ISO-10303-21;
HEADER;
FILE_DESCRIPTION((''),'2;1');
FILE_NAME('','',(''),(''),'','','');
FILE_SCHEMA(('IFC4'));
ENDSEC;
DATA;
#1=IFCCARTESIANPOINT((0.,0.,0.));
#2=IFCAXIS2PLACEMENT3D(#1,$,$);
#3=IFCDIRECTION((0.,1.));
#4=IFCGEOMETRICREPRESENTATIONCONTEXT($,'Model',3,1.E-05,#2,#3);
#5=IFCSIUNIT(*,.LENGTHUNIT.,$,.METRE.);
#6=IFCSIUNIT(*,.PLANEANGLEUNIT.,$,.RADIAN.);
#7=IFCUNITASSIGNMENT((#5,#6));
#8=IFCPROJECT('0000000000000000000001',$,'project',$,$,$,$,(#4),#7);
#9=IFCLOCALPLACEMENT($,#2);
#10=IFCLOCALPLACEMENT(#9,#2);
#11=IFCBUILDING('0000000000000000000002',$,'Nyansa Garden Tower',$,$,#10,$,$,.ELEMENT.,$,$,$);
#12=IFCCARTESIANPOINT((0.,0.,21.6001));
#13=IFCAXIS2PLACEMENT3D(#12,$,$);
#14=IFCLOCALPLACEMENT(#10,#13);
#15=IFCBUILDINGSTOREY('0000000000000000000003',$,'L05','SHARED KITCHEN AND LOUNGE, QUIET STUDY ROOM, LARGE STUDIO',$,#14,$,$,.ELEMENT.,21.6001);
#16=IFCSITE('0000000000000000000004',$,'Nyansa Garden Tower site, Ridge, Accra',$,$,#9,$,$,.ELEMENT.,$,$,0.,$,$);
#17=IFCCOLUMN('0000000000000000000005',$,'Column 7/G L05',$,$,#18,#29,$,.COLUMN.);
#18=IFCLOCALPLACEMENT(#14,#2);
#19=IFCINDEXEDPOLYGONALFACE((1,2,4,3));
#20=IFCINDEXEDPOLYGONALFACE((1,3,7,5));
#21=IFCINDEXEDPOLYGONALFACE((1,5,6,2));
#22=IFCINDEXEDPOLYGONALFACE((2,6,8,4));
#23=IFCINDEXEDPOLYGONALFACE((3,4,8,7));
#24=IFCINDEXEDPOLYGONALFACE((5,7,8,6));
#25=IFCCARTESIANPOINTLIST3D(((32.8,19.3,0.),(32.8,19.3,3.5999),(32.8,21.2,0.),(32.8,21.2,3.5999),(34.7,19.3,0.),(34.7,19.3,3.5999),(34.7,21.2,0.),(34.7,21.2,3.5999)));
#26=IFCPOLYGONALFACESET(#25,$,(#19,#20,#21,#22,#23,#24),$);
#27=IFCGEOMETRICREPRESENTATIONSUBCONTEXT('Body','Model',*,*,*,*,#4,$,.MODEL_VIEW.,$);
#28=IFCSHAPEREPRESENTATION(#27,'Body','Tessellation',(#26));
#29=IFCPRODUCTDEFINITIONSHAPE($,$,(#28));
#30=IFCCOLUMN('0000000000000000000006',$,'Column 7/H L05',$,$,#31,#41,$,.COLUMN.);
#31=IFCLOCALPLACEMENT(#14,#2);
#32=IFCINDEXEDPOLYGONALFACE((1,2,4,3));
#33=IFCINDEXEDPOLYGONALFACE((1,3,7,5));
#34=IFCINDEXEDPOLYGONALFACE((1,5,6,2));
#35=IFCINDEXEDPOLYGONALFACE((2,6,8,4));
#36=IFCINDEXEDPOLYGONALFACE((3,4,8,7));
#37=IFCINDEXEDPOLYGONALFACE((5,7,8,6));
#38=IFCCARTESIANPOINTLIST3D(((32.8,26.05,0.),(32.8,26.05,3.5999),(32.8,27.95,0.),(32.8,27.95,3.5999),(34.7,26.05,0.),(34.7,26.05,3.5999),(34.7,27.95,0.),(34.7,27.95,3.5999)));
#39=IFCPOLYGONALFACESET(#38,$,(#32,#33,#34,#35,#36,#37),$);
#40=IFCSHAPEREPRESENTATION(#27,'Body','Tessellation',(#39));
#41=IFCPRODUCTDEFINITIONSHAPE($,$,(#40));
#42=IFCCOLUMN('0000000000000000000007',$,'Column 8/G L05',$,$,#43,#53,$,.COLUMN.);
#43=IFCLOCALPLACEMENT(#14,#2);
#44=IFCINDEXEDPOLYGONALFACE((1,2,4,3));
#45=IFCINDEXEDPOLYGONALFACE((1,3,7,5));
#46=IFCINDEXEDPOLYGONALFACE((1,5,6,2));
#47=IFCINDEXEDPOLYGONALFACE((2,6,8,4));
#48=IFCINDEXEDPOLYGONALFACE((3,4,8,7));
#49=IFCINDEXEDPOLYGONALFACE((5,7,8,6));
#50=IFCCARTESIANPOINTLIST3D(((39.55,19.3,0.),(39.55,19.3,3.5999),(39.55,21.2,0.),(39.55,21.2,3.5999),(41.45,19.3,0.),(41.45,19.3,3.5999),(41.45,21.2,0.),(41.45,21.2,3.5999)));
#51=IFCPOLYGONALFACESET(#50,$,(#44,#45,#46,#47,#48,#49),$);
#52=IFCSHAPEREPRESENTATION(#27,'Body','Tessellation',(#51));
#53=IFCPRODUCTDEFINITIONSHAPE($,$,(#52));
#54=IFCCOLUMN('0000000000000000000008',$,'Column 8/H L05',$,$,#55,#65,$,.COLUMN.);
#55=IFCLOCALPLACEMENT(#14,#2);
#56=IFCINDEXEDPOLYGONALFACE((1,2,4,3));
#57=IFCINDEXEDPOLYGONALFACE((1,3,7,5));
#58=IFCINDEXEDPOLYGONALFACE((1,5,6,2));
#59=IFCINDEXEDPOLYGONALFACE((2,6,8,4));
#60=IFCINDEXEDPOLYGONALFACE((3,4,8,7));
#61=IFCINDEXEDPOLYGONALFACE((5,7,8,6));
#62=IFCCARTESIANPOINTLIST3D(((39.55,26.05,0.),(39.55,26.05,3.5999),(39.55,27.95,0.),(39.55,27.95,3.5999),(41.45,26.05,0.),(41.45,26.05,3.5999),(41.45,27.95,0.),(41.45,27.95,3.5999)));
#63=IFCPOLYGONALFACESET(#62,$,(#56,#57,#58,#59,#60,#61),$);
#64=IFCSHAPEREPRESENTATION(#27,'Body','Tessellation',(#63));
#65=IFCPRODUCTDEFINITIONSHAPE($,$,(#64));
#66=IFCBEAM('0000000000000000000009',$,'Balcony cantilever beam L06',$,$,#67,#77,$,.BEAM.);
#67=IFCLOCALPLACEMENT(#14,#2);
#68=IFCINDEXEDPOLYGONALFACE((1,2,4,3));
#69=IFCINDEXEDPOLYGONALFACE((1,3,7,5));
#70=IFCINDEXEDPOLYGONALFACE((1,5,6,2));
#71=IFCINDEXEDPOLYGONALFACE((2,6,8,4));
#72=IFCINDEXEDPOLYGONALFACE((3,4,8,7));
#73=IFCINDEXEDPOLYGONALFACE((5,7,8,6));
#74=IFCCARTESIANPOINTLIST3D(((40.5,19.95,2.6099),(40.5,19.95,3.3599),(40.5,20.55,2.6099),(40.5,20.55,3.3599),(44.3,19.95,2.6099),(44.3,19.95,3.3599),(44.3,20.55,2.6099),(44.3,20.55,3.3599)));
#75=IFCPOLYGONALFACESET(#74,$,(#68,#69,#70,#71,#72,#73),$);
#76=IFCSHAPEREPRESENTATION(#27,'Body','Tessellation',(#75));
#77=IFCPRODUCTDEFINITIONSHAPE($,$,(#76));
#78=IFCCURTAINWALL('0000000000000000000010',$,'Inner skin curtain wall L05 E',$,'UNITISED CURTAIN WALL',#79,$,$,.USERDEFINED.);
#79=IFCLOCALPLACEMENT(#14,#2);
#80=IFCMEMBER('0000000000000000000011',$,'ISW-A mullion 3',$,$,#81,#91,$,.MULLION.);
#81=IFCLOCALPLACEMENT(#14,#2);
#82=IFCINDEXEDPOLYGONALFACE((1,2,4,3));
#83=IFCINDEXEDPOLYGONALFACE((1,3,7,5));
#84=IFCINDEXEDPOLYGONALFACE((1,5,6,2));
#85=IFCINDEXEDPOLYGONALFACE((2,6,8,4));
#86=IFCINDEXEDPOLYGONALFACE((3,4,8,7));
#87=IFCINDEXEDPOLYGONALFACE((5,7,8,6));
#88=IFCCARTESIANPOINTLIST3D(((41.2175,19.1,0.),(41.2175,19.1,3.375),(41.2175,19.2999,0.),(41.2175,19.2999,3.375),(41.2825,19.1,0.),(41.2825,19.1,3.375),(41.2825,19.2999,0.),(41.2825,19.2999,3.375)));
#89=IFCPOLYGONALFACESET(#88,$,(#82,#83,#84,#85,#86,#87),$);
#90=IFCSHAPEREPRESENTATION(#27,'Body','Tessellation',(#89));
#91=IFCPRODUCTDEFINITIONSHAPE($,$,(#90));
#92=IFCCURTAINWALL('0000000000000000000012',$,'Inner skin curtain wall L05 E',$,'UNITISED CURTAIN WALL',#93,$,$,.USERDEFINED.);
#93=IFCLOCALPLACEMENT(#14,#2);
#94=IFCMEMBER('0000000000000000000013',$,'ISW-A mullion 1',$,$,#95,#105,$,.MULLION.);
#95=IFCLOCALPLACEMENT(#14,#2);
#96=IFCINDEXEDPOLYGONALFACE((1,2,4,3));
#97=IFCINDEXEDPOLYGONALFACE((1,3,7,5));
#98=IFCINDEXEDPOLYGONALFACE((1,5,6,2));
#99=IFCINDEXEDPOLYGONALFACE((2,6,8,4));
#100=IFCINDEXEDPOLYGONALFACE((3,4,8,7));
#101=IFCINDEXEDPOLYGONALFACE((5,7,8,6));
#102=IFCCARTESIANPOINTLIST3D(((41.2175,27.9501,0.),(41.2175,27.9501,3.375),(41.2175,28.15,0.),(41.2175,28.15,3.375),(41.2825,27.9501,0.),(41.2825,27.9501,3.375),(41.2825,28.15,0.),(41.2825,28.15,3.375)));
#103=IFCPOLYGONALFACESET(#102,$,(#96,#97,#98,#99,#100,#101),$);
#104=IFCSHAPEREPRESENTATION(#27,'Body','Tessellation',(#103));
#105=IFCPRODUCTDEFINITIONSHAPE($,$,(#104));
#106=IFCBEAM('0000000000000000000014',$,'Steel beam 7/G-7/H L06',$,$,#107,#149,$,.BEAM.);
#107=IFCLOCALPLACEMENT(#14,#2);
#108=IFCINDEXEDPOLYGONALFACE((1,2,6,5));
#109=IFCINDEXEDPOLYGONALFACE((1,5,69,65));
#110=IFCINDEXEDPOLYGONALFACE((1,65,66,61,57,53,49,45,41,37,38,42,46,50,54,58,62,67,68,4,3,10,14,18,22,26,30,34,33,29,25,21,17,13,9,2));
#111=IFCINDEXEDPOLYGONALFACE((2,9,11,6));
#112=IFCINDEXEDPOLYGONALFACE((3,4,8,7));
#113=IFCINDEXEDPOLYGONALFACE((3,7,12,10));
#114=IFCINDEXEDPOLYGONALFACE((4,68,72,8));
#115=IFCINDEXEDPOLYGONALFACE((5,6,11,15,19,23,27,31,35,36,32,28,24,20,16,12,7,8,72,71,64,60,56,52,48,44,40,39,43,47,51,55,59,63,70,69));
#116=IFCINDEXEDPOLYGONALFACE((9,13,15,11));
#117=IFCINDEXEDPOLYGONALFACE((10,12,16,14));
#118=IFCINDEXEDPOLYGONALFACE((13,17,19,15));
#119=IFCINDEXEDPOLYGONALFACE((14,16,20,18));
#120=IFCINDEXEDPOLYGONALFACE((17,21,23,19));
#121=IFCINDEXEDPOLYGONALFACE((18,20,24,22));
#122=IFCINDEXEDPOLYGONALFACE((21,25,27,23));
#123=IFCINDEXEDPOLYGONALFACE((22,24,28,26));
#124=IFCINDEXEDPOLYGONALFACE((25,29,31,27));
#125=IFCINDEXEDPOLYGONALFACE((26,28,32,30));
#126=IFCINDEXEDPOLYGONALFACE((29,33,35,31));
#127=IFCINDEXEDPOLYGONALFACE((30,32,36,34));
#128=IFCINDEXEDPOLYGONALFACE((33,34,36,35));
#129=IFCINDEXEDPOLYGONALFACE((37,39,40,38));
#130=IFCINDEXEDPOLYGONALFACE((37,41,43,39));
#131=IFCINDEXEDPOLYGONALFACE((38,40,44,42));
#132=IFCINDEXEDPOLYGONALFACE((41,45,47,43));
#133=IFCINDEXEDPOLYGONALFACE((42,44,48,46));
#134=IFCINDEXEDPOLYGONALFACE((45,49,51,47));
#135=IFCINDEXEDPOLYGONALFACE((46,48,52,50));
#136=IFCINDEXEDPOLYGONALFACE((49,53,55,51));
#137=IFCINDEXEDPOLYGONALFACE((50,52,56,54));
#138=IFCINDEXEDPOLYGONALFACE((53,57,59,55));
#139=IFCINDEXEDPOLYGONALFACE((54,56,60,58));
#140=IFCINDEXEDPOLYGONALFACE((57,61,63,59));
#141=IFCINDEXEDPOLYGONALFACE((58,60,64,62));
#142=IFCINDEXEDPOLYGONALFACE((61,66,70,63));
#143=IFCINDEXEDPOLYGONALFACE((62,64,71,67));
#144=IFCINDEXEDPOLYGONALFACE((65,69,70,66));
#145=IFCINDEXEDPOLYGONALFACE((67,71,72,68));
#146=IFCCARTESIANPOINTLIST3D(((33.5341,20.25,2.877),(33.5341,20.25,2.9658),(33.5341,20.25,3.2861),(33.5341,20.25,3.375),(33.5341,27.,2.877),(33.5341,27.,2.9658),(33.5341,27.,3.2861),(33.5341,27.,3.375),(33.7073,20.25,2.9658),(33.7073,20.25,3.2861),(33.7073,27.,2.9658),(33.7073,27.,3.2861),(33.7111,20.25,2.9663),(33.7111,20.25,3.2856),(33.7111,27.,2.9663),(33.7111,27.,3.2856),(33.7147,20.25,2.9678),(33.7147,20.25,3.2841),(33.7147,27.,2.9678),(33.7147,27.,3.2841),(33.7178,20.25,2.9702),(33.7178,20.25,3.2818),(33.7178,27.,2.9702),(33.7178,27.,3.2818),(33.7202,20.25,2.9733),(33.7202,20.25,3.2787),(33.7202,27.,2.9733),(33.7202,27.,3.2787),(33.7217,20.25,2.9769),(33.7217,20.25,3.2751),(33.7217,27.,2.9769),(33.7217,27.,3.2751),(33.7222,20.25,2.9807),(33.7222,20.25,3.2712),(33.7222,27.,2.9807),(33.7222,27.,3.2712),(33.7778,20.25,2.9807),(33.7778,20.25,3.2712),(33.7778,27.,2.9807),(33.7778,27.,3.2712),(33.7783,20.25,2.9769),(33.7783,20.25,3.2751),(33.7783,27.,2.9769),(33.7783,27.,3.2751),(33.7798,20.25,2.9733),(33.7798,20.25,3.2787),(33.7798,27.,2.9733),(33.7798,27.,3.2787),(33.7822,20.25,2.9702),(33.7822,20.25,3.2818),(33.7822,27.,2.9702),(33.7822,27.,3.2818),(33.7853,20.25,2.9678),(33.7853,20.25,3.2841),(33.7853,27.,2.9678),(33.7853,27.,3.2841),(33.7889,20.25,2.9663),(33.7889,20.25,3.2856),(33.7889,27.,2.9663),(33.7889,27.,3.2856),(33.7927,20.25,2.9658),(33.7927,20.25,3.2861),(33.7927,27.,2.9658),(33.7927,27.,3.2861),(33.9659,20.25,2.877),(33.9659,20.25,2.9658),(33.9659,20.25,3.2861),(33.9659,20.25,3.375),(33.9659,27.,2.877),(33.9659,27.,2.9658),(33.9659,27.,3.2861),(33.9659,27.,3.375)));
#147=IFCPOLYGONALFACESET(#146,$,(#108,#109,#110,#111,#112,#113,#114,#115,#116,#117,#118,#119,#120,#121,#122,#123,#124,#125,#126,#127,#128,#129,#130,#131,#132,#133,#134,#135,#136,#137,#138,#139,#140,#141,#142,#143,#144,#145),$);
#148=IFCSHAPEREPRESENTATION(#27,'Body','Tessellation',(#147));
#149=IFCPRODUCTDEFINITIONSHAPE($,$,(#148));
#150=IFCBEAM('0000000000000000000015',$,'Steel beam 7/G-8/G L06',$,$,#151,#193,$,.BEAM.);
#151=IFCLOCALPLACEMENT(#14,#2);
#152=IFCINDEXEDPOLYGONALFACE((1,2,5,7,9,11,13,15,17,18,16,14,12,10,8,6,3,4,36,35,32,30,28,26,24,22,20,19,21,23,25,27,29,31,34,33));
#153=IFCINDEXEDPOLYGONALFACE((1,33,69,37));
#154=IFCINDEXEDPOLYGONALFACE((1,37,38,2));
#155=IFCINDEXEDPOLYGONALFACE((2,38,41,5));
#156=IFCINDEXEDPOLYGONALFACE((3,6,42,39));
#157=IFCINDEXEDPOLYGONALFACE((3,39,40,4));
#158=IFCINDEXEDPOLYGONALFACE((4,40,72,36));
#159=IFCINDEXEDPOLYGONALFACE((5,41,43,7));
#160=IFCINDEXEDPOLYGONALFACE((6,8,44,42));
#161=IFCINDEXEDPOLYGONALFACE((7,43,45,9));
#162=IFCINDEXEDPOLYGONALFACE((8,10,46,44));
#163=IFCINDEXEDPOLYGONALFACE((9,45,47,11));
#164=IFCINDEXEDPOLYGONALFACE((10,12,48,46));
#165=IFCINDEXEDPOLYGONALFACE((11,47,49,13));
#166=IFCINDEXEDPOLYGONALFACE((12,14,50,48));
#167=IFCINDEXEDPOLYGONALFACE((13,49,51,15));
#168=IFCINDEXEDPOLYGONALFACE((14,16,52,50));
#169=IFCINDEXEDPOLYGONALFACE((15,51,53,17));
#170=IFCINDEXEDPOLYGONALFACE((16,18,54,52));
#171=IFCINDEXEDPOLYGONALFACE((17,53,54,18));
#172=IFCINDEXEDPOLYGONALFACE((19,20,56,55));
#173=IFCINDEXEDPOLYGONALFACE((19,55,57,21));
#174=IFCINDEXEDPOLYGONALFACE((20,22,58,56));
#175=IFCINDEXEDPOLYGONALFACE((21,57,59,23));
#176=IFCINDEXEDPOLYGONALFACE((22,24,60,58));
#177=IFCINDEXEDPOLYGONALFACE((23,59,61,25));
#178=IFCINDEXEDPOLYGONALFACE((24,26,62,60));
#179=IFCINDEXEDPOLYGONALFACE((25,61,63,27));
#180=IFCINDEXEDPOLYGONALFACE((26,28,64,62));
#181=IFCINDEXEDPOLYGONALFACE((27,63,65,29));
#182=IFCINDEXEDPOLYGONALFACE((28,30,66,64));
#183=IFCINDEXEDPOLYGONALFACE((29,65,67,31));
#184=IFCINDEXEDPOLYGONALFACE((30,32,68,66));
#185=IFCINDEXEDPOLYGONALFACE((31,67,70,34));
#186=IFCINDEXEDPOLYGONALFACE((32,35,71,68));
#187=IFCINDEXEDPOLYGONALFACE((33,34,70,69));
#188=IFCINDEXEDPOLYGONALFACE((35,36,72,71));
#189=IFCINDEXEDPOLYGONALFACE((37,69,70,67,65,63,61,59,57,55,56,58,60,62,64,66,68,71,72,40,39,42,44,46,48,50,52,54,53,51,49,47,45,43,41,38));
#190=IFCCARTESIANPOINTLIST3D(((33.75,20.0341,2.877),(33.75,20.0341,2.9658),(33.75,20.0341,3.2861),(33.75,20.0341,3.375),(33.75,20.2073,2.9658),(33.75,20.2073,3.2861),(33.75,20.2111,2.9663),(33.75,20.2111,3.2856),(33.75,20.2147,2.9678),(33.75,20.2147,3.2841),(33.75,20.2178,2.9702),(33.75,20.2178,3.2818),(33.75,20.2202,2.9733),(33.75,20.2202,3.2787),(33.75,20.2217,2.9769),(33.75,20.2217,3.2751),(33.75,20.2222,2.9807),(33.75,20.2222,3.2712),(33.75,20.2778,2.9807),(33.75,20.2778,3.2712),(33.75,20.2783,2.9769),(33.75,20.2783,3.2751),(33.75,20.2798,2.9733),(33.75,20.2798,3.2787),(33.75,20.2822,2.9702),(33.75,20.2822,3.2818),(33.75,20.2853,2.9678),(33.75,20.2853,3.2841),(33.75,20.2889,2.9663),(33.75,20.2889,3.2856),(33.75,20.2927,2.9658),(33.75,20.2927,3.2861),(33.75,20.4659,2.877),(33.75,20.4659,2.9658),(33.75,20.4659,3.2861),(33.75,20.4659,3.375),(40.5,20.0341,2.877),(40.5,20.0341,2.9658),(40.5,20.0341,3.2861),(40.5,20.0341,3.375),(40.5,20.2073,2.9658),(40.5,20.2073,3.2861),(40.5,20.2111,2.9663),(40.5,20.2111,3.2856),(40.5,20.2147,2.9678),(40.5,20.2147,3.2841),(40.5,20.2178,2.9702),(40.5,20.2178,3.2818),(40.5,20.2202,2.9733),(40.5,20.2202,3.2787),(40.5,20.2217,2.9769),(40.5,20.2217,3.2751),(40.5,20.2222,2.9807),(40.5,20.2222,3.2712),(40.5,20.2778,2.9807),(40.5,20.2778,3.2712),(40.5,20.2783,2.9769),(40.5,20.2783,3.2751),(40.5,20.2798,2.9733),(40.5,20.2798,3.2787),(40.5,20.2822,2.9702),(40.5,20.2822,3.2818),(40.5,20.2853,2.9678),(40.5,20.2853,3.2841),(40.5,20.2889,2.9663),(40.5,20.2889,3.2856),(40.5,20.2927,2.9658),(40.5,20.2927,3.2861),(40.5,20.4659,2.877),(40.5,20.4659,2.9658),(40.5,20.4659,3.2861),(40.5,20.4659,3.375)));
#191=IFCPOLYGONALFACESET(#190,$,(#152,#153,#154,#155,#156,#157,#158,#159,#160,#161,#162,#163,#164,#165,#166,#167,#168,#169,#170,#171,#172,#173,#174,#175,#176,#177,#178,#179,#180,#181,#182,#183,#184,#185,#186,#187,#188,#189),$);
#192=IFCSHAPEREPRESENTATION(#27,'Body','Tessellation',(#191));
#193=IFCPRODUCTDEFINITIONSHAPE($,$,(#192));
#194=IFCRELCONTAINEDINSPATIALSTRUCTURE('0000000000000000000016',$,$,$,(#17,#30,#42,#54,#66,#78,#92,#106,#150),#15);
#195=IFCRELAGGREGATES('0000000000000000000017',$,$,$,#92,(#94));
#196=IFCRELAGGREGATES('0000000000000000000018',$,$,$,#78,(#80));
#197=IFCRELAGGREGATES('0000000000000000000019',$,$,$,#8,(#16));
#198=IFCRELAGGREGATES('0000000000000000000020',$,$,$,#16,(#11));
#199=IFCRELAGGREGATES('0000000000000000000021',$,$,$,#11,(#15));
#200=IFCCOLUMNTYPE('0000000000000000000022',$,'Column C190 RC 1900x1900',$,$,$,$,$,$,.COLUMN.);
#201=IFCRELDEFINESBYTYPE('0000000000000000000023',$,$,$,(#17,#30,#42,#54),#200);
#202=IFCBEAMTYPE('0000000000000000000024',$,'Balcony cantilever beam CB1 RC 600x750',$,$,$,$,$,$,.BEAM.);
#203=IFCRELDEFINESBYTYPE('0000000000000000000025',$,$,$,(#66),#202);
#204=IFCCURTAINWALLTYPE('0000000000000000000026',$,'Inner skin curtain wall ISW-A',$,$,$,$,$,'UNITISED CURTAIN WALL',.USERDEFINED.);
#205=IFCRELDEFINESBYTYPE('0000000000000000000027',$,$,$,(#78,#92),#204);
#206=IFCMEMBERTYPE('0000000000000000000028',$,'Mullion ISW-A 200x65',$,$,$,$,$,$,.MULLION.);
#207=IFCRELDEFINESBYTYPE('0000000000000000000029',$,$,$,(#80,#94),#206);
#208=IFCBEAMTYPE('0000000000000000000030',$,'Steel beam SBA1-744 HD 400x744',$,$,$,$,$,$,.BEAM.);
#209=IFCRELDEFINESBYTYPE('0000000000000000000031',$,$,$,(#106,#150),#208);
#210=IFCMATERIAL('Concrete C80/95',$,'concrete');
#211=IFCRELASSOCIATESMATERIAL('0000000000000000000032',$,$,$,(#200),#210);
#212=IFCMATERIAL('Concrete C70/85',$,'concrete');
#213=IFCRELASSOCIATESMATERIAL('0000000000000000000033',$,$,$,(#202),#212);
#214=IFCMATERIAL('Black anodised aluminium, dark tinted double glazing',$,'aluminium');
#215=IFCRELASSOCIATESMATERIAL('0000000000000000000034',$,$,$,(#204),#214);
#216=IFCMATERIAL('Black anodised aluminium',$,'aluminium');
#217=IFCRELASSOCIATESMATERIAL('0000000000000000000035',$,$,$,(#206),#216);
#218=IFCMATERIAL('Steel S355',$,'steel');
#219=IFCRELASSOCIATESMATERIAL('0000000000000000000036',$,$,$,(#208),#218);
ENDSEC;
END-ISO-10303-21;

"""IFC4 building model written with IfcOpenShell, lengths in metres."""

from ifc_helpers import new_model, si_unit, direction, frame, origin, origin_2d, place, context, subcontext, project, spatial, rectangle, i_section, extrude, material, material_profile, profile_set, type_object, element, aggregate, save


model = new_model("IFC4")

# Units and contexts
model_context = context("Model", 3, precision=1e-05, world=origin(), true_north=direction((0.0, 1.0)))
body_context = subcontext(model_context, "Body", "Model", "MODEL_VIEW")
ifc_project = project(units=[si_unit("LENGTHUNIT", "METRE"), si_unit("PLANEANGLEUNIT", "RADIAN")], contexts=[model_context])

# Site, building, storey
site_placement = place(None, origin())
site = spatial("IfcSite", under=ifc_project, at=site_placement, Name="Nyansa Garden Tower site, Ridge, Accra", CompositionType="ELEMENT", RefElevation=0.0)
building_placement = place(site_placement, origin())
building = spatial("IfcBuilding", under=site, at=building_placement, Name="Nyansa Garden Tower", CompositionType="ELEMENT")
storey_placement = place(building_placement, frame((0.0, 0.0, 21.6001)))
storey = spatial("IfcBuildingStorey", under=building, at=storey_placement, Name="L05", Description="SHARED KITCHEN AND LOUNGE, QUIET STUDY ROOM, LARGE STUDIO", CompositionType="ELEMENT", Elevation=21.6001)

# Columns
ifc_material_1 = material(Name="Concrete C80/95", Category="concrete")
ifc_material_profile_1 = material_profile(ifc_material_1, rectangle(XDim=1.8999, YDim=1.8999, at=origin_2d()), Name="RC 1900x1900")
ifc_profile_set_1 = profile_set([ifc_material_profile_1], Name="Concrete C80/95")
column_type = type_object("IfcColumnType", Name="Column C190 RC 1900x1900", PredefinedType="COLUMN", material=ifc_profile_set_1)
for number, where, z_axis, x_axis, name in (
    (1, (33.75, 20.25, 0.0), (0.0, 0.0, 1.0), (1.0, 0.0, 0.0), "Column 7/G L05"),
    (2, (33.75, 27.0, 0.0), (0.0, 0.0, 1.0), (1.0, 0.0, 0.0), "Column 7/H L05"),
    (3, (40.5, 20.25, 0.0), (0.0, 0.0, 1.0), (1.0, 0.0, 0.0), "Column 8/G L05"),
    (4, (40.5, 27.0, 0.0), (0.0, 0.0, 1.0), (1.0, 0.0, 0.0), "Column 8/H L05"),
):
    element("IfcColumn", number, at=place(storey_placement, frame(where, z_axis=z_axis, x_axis=x_axis)), inside=storey, type_object=column_type, Name=name, PredefinedType="COLUMN", context=body_context, shape_type="SweptSolid", body=[
        extrude(rectangle(XDim=1.8999, YDim=1.8999, at=origin_2d()), origin(), (0.0, 0.0, 1.0), 3.5999),
    ])

# Beam
ifc_material_2 = material(Name="Concrete C70/85", Category="concrete")
ifc_material_profile_2 = material_profile(ifc_material_2, rectangle(XDim=0.6001, YDim=0.75, at=origin_2d()), Name="RC 600x750")
ifc_profile_set_2 = profile_set([ifc_material_profile_2], Name="Concrete C70/85")
beam_type_1 = type_object("IfcBeamType", Name="Balcony cantilever beam CB1 RC 600x750", PredefinedType="BEAM", material=ifc_profile_set_2)
beam_placement = place(storey_placement, frame((40.5, 20.25, 2.9849), z_axis=(1.0, 0.0, 0.0), x_axis=(0.0, 1.0, 0.0)))
element("IfcBeam", 5, at=beam_placement, inside=storey, type_object=beam_type_1, Name="Balcony cantilever beam L06", PredefinedType="BEAM", context=body_context, shape_type="SweptSolid", body=[
    extrude(rectangle(XDim=0.6001, YDim=0.75, at=origin_2d()), origin(), (0.0, 0.0, 1.0), 3.8),
])

# Curtain walls, members
ifc_material_3 = material(Name="Black anodised aluminium, dark tinted double glazing", Category="aluminium")
curtain_wall_type = type_object("IfcCurtainWallType", Name="Inner skin curtain wall ISW-A", ElementType="UNITISED CURTAIN WALL", PredefinedType="USERDEFINED", material=ifc_material_3)
curtain_wall_1_placement = place(storey_placement, origin())
curtain_wall_1 = element("IfcCurtainWall", 6, at=curtain_wall_1_placement, inside=storey, type_object=curtain_wall_type, Name="Inner skin curtain wall L05 E", ObjectType="UNITISED CURTAIN WALL", PredefinedType="USERDEFINED")
ifc_material_4 = material(Name="Black anodised aluminium", Category="aluminium")
ifc_material_profile_3 = material_profile(ifc_material_4, rectangle(XDim=0.0649, YDim=0.2, at=origin_2d()), Name="Mullion 200x65")
ifc_profile_set_3 = profile_set([ifc_material_profile_3], Name="Black anodised aluminium")
member_type_1 = type_object("IfcMemberType", Name="Mullion ISW-A 200x65", PredefinedType="MULLION", material=ifc_profile_set_3)
member_1_placement = place(storey_placement, frame((41.25, 19.2, 0.0), z_axis=(0.0, 0.0, 1.0), x_axis=(-1.0, 0.0, 0.0)))
member_1 = element("IfcMember", 7, at=member_1_placement, type_object=member_type_1, Name="ISW-A mullion 3", PredefinedType="MULLION", context=body_context, shape_type="SweptSolid", body=[
    extrude(rectangle(XDim=0.0649, YDim=0.2, at=origin_2d()), origin(), (0.0, 0.0, 1.0), 3.375),
])
curtain_wall_2_placement = place(storey_placement, origin())
curtain_wall_2 = element("IfcCurtainWall", 8, at=curtain_wall_2_placement, inside=storey, type_object=curtain_wall_type, Name="Inner skin curtain wall L05 E", ObjectType="UNITISED CURTAIN WALL", PredefinedType="USERDEFINED")
member_2_placement = place(storey_placement, frame((41.25, 28.05, 0.0), z_axis=(0.0, 0.0, 1.0), x_axis=(-1.0, 0.0, 0.0)))
member_2 = element("IfcMember", 9, at=member_2_placement, type_object=member_type_1, Name="ISW-A mullion 1", PredefinedType="MULLION", context=body_context, shape_type="SweptSolid", body=[
    extrude(rectangle(XDim=0.0649, YDim=0.2, at=origin_2d()), origin(), (0.0, 0.0, 1.0), 3.375),
])

# Beams
ifc_material_5 = material(Name="Steel S355", Category="steel")
ifc_material_profile_4 = material_profile(ifc_material_5, i_section(OverallWidth=0.4319, OverallDepth=0.498, WebThickness=0.0557, FlangeThickness=0.0889, FilletRadius=0.0149, at=origin_2d()), Name="HD 400x744")
ifc_profile_set_4 = profile_set([ifc_material_profile_4], Name="Steel S355")
beam_type_2 = type_object("IfcBeamType", Name="Steel beam SBA1-744 HD 400x744", PredefinedType="BEAM", material=ifc_profile_set_4)
for number, where, z_axis, x_axis, name in (
    (10, (33.75, 20.25, 3.126), (0.0, 1.0, 0.0), (-1.0, 0.0, 0.0), "Steel beam 7/G-7/H L06"),
    (11, (33.75, 20.25, 3.126), (1.0, 0.0, 0.0), (0.0, 1.0, 0.0), "Steel beam 7/G-8/G L06"),
):
    element("IfcBeam", number, at=place(storey_placement, frame(where, z_axis=z_axis, x_axis=x_axis)), inside=storey, type_object=beam_type_2, Name=name, PredefinedType="BEAM", context=body_context, shape_type="SweptSolid", body=[
        extrude(i_section(OverallWidth=0.4319, OverallDepth=0.498, WebThickness=0.0557, FlangeThickness=0.0889, FilletRadius=0.0149, at=origin_2d()), origin(), (0.0, 0.0, 1.0), 6.75),
    ])

aggregate(curtain_wall_2, [member_2])

aggregate(curtain_wall_1, [member_1])

save(model, "model.ifc")
